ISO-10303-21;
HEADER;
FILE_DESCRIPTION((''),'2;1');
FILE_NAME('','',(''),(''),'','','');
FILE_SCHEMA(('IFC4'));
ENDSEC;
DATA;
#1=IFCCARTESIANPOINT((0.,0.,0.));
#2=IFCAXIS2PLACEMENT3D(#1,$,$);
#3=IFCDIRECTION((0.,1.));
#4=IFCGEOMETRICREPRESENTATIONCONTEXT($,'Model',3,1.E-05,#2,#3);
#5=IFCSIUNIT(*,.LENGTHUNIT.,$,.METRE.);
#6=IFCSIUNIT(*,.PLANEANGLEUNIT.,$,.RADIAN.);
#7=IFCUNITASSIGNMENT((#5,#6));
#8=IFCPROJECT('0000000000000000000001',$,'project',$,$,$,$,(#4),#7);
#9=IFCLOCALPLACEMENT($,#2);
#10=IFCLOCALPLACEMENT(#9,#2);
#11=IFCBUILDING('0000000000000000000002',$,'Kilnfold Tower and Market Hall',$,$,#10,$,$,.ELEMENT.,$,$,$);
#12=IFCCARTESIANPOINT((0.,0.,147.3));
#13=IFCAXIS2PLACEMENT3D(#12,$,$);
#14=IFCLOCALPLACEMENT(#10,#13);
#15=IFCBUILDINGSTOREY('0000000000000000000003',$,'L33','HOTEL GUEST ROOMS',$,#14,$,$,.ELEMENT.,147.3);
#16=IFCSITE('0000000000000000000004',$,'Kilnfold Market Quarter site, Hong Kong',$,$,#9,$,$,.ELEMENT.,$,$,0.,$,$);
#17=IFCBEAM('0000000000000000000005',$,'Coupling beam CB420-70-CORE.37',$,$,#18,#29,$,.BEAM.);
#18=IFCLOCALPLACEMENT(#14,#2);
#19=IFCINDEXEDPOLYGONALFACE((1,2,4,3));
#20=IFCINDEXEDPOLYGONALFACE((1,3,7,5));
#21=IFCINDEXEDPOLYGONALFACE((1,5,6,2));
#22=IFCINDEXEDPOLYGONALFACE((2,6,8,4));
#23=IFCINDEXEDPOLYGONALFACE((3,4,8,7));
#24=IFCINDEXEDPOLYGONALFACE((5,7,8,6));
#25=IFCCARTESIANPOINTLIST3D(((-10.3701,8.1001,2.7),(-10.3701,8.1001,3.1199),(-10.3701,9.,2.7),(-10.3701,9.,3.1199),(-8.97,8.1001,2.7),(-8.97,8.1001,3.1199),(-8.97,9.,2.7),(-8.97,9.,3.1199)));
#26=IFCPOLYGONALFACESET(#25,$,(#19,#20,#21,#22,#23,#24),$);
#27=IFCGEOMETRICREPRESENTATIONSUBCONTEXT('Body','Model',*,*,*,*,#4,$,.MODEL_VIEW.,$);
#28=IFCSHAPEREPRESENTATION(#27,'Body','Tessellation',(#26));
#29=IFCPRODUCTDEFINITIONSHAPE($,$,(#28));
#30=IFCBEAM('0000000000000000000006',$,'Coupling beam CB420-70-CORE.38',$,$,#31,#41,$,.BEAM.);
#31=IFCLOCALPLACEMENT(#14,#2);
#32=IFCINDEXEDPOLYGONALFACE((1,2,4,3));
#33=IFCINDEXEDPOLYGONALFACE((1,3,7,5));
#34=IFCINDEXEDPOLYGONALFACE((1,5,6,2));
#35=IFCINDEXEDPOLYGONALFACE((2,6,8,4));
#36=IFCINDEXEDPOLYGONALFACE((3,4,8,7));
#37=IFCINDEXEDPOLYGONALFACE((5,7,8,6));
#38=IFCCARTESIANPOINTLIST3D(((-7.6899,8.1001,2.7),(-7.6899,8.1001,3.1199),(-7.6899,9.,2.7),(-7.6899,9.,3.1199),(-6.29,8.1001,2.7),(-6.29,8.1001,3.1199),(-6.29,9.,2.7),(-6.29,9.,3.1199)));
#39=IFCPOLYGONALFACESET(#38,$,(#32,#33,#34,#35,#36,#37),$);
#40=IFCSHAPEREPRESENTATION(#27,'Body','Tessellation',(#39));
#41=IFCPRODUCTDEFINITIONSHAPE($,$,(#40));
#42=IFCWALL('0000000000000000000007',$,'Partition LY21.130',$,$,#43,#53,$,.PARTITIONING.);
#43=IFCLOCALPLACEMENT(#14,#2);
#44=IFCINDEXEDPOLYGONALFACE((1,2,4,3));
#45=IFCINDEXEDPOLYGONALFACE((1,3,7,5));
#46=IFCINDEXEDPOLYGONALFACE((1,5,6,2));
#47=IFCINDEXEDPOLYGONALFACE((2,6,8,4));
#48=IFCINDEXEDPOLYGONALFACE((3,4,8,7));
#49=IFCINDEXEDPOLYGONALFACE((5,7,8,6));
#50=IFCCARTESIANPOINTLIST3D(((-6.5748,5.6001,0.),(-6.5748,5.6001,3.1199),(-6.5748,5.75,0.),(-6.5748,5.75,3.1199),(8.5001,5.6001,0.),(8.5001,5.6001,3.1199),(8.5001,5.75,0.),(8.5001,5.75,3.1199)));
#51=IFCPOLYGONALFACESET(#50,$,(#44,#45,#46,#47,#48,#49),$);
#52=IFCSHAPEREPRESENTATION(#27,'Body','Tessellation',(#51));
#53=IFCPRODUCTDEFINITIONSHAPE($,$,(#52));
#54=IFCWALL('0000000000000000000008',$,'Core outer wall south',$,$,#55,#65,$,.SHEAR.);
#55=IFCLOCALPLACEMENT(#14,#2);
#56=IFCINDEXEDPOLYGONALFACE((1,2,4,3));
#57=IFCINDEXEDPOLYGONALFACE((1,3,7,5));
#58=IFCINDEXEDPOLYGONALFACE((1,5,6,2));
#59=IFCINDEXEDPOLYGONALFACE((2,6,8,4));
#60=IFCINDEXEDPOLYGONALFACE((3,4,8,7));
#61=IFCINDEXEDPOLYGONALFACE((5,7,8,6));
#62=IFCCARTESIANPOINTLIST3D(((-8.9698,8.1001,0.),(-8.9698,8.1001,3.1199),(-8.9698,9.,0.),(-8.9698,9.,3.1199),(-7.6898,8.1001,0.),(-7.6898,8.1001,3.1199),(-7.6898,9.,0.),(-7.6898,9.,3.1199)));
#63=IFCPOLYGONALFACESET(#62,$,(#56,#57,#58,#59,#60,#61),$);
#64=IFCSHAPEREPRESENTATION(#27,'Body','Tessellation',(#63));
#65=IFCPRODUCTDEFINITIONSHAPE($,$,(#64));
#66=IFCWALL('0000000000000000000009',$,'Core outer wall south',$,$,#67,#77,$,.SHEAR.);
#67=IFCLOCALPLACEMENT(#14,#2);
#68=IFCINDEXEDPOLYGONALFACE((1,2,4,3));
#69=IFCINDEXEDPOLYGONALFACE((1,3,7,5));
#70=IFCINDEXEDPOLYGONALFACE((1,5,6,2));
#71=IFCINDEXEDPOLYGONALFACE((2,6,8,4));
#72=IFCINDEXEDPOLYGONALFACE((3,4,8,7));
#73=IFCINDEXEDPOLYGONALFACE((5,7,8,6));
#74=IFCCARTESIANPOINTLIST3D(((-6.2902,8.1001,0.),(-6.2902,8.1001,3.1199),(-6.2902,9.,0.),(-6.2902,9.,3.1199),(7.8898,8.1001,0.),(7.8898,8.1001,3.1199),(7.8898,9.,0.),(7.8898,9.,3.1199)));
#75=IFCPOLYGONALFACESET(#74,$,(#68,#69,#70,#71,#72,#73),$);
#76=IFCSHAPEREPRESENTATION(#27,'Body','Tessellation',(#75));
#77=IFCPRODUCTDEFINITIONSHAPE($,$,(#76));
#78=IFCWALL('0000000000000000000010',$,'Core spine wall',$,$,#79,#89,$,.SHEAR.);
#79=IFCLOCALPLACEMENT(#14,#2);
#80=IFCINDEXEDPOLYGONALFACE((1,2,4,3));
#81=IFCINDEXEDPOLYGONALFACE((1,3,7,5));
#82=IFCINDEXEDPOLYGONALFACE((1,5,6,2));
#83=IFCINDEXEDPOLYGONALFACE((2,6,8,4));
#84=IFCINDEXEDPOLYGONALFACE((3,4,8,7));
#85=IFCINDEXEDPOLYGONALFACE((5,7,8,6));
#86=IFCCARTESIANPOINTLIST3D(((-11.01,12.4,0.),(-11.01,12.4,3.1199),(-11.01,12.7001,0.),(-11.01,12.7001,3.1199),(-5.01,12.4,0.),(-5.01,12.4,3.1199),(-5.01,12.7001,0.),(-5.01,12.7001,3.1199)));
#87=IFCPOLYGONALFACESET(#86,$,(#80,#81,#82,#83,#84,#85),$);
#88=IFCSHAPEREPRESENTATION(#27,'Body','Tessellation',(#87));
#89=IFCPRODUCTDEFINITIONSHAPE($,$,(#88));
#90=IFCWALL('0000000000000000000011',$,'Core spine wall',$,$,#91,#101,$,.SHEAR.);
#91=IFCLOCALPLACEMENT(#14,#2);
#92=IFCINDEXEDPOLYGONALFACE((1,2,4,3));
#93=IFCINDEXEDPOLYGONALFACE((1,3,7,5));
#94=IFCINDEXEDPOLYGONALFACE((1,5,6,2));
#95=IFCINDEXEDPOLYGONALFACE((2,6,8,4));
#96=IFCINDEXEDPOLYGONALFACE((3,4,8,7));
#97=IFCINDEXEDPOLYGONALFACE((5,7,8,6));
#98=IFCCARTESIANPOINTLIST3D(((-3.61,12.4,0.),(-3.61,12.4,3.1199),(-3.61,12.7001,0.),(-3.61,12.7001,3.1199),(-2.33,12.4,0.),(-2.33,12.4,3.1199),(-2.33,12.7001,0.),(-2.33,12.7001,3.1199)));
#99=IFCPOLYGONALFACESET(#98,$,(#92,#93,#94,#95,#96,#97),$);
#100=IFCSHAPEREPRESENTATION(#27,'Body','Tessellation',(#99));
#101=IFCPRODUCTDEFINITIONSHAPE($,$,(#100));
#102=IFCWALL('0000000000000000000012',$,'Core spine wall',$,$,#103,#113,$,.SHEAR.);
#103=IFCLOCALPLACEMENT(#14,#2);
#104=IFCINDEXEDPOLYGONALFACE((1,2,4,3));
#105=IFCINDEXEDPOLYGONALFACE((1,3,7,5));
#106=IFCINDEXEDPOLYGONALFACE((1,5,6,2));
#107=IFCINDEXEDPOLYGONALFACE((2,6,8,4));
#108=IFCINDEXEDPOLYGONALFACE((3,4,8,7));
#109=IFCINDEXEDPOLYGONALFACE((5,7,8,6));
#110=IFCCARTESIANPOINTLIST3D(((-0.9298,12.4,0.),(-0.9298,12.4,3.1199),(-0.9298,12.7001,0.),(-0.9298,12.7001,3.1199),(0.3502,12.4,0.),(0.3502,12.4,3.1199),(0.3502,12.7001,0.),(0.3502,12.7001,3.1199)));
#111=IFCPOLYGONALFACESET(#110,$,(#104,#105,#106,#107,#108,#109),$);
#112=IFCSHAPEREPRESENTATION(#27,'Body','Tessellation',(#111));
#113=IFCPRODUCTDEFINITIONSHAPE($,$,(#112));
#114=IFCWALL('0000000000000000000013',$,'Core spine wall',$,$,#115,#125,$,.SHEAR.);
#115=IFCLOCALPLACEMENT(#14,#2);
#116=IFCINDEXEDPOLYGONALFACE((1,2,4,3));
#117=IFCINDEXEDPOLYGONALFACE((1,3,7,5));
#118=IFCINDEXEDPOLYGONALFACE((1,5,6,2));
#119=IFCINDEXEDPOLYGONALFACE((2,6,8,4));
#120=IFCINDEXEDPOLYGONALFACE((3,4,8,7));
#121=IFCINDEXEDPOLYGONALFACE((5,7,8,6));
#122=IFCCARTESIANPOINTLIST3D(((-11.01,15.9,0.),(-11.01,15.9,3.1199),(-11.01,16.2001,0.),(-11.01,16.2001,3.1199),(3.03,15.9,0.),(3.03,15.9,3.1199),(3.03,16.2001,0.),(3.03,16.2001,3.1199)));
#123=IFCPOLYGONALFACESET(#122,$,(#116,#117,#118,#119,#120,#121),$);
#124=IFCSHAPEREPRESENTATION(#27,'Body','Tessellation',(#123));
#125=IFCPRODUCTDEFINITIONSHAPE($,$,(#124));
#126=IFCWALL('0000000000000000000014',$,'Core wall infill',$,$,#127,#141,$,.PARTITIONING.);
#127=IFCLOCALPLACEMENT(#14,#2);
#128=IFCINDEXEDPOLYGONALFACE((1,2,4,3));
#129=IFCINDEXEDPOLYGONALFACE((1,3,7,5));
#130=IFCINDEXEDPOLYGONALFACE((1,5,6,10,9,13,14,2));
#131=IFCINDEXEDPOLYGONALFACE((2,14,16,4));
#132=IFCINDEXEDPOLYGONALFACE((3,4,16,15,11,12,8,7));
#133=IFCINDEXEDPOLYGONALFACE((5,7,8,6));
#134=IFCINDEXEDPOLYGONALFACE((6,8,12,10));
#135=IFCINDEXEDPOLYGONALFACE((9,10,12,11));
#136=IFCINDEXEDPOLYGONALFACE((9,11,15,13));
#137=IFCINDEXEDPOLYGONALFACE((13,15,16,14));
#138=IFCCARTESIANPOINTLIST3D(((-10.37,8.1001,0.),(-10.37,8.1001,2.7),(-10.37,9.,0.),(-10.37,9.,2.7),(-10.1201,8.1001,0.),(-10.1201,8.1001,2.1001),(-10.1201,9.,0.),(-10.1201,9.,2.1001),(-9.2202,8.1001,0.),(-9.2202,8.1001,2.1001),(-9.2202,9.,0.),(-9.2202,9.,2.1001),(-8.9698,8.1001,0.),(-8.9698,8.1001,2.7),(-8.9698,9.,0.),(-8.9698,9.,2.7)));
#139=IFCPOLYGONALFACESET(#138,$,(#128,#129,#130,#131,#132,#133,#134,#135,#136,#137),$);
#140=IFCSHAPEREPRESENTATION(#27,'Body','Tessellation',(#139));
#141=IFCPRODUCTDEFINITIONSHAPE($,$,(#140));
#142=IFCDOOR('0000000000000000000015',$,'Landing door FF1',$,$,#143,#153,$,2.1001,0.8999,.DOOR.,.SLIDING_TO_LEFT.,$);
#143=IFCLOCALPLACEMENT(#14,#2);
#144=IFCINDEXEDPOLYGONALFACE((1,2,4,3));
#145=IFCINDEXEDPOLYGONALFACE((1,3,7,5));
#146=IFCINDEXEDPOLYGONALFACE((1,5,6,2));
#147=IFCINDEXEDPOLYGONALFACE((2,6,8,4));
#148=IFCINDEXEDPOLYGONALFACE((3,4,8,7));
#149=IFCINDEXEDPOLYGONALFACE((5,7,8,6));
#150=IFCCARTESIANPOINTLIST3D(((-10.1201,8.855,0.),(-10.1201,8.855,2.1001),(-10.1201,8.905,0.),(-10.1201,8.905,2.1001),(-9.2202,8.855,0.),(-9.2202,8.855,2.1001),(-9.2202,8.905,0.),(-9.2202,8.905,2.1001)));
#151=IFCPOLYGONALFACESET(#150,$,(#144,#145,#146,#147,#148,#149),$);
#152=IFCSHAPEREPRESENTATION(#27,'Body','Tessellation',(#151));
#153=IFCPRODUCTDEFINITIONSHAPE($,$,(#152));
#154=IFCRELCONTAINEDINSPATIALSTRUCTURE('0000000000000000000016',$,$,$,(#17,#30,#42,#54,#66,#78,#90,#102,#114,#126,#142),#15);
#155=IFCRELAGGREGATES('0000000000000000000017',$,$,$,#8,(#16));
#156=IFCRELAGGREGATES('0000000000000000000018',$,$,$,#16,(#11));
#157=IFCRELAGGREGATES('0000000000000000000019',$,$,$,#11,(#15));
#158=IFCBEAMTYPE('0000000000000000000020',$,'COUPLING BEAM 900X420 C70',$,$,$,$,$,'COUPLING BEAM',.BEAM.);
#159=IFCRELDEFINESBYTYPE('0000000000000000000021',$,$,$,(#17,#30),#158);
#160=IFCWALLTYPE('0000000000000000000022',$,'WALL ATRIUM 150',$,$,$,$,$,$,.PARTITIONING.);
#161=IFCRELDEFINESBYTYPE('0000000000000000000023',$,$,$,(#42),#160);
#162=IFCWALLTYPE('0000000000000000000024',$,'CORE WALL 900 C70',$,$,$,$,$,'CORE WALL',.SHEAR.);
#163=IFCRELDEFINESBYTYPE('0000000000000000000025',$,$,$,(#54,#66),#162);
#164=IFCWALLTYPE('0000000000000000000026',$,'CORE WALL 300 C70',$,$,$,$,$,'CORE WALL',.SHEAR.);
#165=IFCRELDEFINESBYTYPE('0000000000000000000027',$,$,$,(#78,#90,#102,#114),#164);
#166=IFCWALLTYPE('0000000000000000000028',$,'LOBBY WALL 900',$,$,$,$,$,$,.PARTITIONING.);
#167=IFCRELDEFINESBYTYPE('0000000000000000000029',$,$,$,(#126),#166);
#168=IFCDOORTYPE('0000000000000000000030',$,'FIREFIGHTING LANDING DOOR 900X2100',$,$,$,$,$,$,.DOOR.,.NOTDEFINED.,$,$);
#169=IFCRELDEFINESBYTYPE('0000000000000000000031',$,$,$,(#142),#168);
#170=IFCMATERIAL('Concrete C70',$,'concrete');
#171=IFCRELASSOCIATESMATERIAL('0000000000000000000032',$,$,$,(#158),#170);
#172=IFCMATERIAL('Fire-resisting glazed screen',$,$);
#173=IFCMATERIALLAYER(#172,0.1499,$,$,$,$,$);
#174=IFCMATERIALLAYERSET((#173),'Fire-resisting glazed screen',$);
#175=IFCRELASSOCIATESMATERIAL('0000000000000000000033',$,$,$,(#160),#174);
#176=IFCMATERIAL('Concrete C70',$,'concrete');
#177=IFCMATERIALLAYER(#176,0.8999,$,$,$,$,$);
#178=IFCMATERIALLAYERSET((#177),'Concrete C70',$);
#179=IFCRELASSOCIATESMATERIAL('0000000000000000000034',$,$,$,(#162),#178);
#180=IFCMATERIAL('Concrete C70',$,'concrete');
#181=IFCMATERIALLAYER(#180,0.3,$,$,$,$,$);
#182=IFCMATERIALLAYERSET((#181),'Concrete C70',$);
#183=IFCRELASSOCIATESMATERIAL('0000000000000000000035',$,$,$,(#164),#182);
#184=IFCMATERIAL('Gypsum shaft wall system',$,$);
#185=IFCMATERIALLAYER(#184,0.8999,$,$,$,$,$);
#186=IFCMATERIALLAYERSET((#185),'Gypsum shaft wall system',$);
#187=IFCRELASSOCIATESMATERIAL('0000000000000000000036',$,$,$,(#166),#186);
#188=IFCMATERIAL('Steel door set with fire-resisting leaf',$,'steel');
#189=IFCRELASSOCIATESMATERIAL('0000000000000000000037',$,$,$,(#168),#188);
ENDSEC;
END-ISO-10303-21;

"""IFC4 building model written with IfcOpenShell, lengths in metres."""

from ifc_helpers import new_model, si_unit, direction, frame, frame_2d, origin, origin_2d, place, context, subcontext, project, spatial, rectangle, extrude, source, transform, mapped, material, layer, layer_set, material_profile, profile_set, type_object, element, fill, save


model = new_model("IFC4")

# Units and contexts
model_context = context("Model", 3, precision=1e-05, world=origin(), true_north=direction((0.0, 1.0)))
body_context = subcontext(model_context, "Body", "Model", "MODEL_VIEW")
ifc_project = project(units=[si_unit("LENGTHUNIT", "METRE"), si_unit("PLANEANGLEUNIT", "RADIAN")], contexts=[model_context])

# Site, building, storey
site_placement = place(None, origin())
site = spatial("IfcSite", under=ifc_project, at=site_placement, Name="Kilnfold Market Quarter site, Hong Kong", CompositionType="ELEMENT", RefElevation=0.0)
building_placement = place(site_placement, origin())
building = spatial("IfcBuilding", under=site, at=building_placement, Name="Kilnfold Tower and Market Hall", CompositionType="ELEMENT")
storey_placement = place(building_placement, frame((0.0, 0.0, 147.3)))
storey = spatial("IfcBuildingStorey", under=building, at=storey_placement, Name="L33", Description="HOTEL GUEST ROOMS", CompositionType="ELEMENT", Elevation=147.3)

# Beams
ifc_material_1 = material(Name="Concrete C70", Category="concrete")
ifc_material_profile = material_profile(ifc_material_1, rectangle(XDim=0.8999, YDim=0.4199, at=origin_2d()), Name="RC 900x420")
ifc_profile_set = profile_set([ifc_material_profile], Name="Concrete C70")
beam_type = type_object("IfcBeamType", Name="COUPLING BEAM 900X420 C70", ElementType="COUPLING BEAM", PredefinedType="BEAM", material=ifc_profile_set)
shared_shape_1 = source(origin(), body_context, "Body", "SweptSolid", [
    extrude(rectangle(XDim=0.8999, YDim=0.4199, at=origin_2d()), origin(), (0.0, 0.0, 1.0), 1.4001),
])
beam_1_placement = place(storey_placement, frame((-10.3701, 8.55, 2.9099), z_axis=(1.0, 0.0, 0.0), x_axis=(0.0, 1.0, 0.0)))
element("IfcBeam", 1, at=beam_1_placement, inside=storey, type_object=beam_type, Name="Coupling beam CB420-70-CORE.37", PredefinedType="BEAM", context=body_context, shape_type="MappedRepresentation", body=[
    mapped(shared_shape_1, transform((0.0, 0.0, 0.0))),
])
shared_shape_2 = source(origin(), body_context, "Body", "SweptSolid", [
    extrude(rectangle(XDim=0.8999, YDim=0.4199, at=origin_2d()), origin(), (0.0, 0.0, 1.0), 1.3999),
])
beam_2_placement = place(storey_placement, frame((-7.6899, 8.55, 2.9099), z_axis=(1.0, 0.0, 0.0), x_axis=(0.0, 1.0, 0.0)))
element("IfcBeam", 2, at=beam_2_placement, inside=storey, type_object=beam_type, Name="Coupling beam CB420-70-CORE.38", PredefinedType="BEAM", context=body_context, shape_type="MappedRepresentation", body=[
    mapped(shared_shape_2, transform((0.0, 0.0, 0.0))),
])

# Walls
ifc_material_2 = material(Name="Fire-resisting glazed screen")
ifc_layer_1 = layer(ifc_material_2, 0.1499)
ifc_layer_set_1 = layer_set([ifc_layer_1], Name="Fire-resisting glazed screen")
wall_type_1 = type_object("IfcWallType", Name="WALL ATRIUM 150", PredefinedType="PARTITIONING", material=ifc_layer_set_1)
wall_1_placement = place(storey_placement, frame((-6.575, 5.675, 0.0), z_axis=(0.0, 0.0, 1.0), x_axis=(1.0, 0.0, 0.0)))
element("IfcWall", 3, at=wall_1_placement, inside=storey, type_object=wall_type_1, Name="Partition LY21.130", PredefinedType="PARTITIONING", context=body_context, shape_type="SweptSolid", body=[
    extrude(rectangle(XDim=15.075, YDim=0.1499, at=frame_2d((7.5376, 0.0))), origin(), (0.0, 0.0, 1.0), 3.1199),
])
ifc_material_3 = material(Name="Concrete C70", Category="concrete")
ifc_layer_2 = layer(ifc_material_3, 0.8999)
ifc_layer_set_2 = layer_set([ifc_layer_2], Name="Concrete C70")
wall_type_2 = type_object("IfcWallType", Name="CORE WALL 900 C70", ElementType="CORE WALL", PredefinedType="SHEAR", material=ifc_layer_set_2)
shared_shape_3 = source(origin(), body_context, "Body", "SweptSolid", [
    extrude(rectangle(XDim=1.28, YDim=0.8999, at=frame_2d((0.6401, 0.0))), origin(), (0.0, 0.0, 1.0), 3.1199),
])
wall_2_placement = place(storey_placement, frame((-8.97, 8.55, 0.0), z_axis=(0.0, 0.0, 1.0), x_axis=(1.0, 0.0, 0.0)))
element("IfcWall", 4, at=wall_2_placement, inside=storey, type_object=wall_type_2, Name="Core outer wall south", PredefinedType="SHEAR", context=body_context, shape_type="MappedRepresentation", body=[
    mapped(shared_shape_3, transform((0.0, 0.0, 0.0))),
])
shared_shape_4 = source(origin(), body_context, "Body", "SweptSolid", [
    extrude(rectangle(XDim=14.1799, YDim=0.8999, at=frame_2d((7.0898, 0.0))), origin(), (0.0, 0.0, 1.0), 3.1199),
])
wall_3_placement = place(storey_placement, frame((-6.29, 8.55, 0.0), z_axis=(0.0, 0.0, 1.0), x_axis=(1.0, 0.0, 0.0)))
element("IfcWall", 5, at=wall_3_placement, inside=storey, type_object=wall_type_2, Name="Core outer wall south", PredefinedType="SHEAR", context=body_context, shape_type="MappedRepresentation", body=[
    mapped(shared_shape_4, transform((0.0, 0.0, 0.0))),
])
ifc_material_4 = material(Name="Concrete C70", Category="concrete")
ifc_layer_3 = layer(ifc_material_4, 0.3)
ifc_layer_set_3 = layer_set([ifc_layer_3], Name="Concrete C70")
wall_type_3 = type_object("IfcWallType", Name="CORE WALL 300 C70", ElementType="CORE WALL", PredefinedType="SHEAR", material=ifc_layer_set_3)
shared_shape_5 = source(origin(), body_context, "Body", "SweptSolid", [
    extrude(rectangle(XDim=6.0, YDim=0.3, at=frame_2d((3.0, 0.0))), origin(), (0.0, 0.0, 1.0), 3.1199),
])
wall_4_placement = place(storey_placement, frame((-11.01, 12.55, 0.0), z_axis=(0.0, 0.0, 1.0), x_axis=(1.0, 0.0, 0.0)))
element("IfcWall", 6, at=wall_4_placement, inside=storey, type_object=wall_type_3, Name="Core spine wall", PredefinedType="SHEAR", context=body_context, shape_type="MappedRepresentation", body=[
    mapped(shared_shape_5, transform((0.0, 0.0, 0.0))),
])
shared_shape_6 = source(origin(), body_context, "Body", "SweptSolid", [
    extrude(rectangle(XDim=1.28, YDim=0.3, at=frame_2d((0.6401, 0.0))), origin(), (0.0, 0.0, 1.0), 3.1199),
])
for number, where, z_axis, x_axis, name in (
    (7, (-3.6101, 12.55, 0.0), (0.0, 0.0, 1.0), (1.0, 0.0, 0.0), "Core spine wall"),
    (8, (-0.9299, 12.55, 0.0), (0.0, 0.0, 1.0), (1.0, 0.0, 0.0), "Core spine wall"),
):
    element("IfcWall", number, at=place(storey_placement, frame(where, z_axis=z_axis, x_axis=x_axis)), inside=storey, type_object=wall_type_3, Name=name, PredefinedType="SHEAR", context=body_context, shape_type="MappedRepresentation", body=[
        mapped(shared_shape_6, transform((0.0, 0.0, 0.0))),
    ])
shared_shape_7 = source(origin(), body_context, "Body", "SweptSolid", [
    extrude(rectangle(XDim=14.04, YDim=0.3, at=frame_2d((7.02, 0.0))), origin(), (0.0, 0.0, 1.0), 3.1199),
])
wall_5_placement = place(storey_placement, frame((-11.01, 16.05, 0.0), z_axis=(0.0, 0.0, 1.0), x_axis=(1.0, 0.0, 0.0)))
element("IfcWall", 9, at=wall_5_placement, inside=storey, type_object=wall_type_3, Name="Core spine wall", PredefinedType="SHEAR", context=body_context, shape_type="MappedRepresentation", body=[
    mapped(shared_shape_7, transform((0.0, 0.0, 0.0))),
])

# Wall, opening, door
ifc_material_5 = material(Name="Gypsum shaft wall system")
ifc_layer_4 = layer(ifc_material_5, 0.8999)
ifc_layer_set_4 = layer_set([ifc_layer_4], Name="Gypsum shaft wall system")
wall_type_4 = type_object("IfcWallType", Name="LOBBY WALL 900", PredefinedType="PARTITIONING", material=ifc_layer_set_4)
shared_shape_8 = source(origin(), body_context, "Body", "SweptSolid", [
    extrude(rectangle(XDim=1.4001, YDim=0.8999, at=frame_2d((0.7002, 0.0))), origin(), (0.0, 0.0, 1.0), 2.7),
])
wall_6_placement = place(storey_placement, frame((-10.3701, 8.55, 0.0), z_axis=(0.0, 0.0, 1.0), x_axis=(1.0, 0.0, 0.0)))
wall_6 = element("IfcWall", 10, at=wall_6_placement, inside=storey, type_object=wall_type_4, Name="Core wall infill", PredefinedType="PARTITIONING", context=body_context, shape_type="MappedRepresentation", body=[
    mapped(shared_shape_8, transform((0.0, 0.0, 0.0))),
])
opening_1_placement = place(wall_6_placement, frame((0.25, 0.0, 0.0)))
opening_1 = element("IfcOpeningElement", 11, at=opening_1_placement, cuts=wall_6, PredefinedType="OPENING", context=body_context, shape_type="SweptSolid", body=[
    extrude(rectangle(XDim=0.8999, YDim=2.1001, at=frame_2d((0.45, 1.05))), frame((0.0, 0.46, 0.0), z_axis=(0.0, -1.0, 0.0), x_axis=(1.0, 0.0, 0.0)), (0.0, 0.0, 1.0), 0.9199),
])
ifc_material_6 = material(Name="Steel door set with fire-resisting leaf", Category="steel")
door_type_1 = type_object("IfcDoorType", Name="FIREFIGHTING LANDING DOOR 900X2100", OperationType="NOTDEFINED", PredefinedType="DOOR", material=ifc_material_6)
door_1_placement = place(opening_1_placement, origin())
door_1 = element("IfcDoor", 12, at=door_1_placement, inside=storey, type_object=door_type_1, Name="Landing door FF1", OperationType="SLIDING_TO_LEFT", OverallHeight=2.1001, OverallWidth=0.8999, PredefinedType="DOOR", context=body_context, shape_type="SweptSolid", body=[
    extrude(rectangle(XDim=0.8999, YDim=2.1001, at=frame_2d((0.45, 1.05))), frame((0.0, 0.355, 0.0), z_axis=(0.0, -1.0, 0.0), x_axis=(1.0, 0.0, 0.0)), (0.0, 0.0, 1.0), 0.05),
])
fill(opening_1, door_1)

save(model, "model.ifc")
